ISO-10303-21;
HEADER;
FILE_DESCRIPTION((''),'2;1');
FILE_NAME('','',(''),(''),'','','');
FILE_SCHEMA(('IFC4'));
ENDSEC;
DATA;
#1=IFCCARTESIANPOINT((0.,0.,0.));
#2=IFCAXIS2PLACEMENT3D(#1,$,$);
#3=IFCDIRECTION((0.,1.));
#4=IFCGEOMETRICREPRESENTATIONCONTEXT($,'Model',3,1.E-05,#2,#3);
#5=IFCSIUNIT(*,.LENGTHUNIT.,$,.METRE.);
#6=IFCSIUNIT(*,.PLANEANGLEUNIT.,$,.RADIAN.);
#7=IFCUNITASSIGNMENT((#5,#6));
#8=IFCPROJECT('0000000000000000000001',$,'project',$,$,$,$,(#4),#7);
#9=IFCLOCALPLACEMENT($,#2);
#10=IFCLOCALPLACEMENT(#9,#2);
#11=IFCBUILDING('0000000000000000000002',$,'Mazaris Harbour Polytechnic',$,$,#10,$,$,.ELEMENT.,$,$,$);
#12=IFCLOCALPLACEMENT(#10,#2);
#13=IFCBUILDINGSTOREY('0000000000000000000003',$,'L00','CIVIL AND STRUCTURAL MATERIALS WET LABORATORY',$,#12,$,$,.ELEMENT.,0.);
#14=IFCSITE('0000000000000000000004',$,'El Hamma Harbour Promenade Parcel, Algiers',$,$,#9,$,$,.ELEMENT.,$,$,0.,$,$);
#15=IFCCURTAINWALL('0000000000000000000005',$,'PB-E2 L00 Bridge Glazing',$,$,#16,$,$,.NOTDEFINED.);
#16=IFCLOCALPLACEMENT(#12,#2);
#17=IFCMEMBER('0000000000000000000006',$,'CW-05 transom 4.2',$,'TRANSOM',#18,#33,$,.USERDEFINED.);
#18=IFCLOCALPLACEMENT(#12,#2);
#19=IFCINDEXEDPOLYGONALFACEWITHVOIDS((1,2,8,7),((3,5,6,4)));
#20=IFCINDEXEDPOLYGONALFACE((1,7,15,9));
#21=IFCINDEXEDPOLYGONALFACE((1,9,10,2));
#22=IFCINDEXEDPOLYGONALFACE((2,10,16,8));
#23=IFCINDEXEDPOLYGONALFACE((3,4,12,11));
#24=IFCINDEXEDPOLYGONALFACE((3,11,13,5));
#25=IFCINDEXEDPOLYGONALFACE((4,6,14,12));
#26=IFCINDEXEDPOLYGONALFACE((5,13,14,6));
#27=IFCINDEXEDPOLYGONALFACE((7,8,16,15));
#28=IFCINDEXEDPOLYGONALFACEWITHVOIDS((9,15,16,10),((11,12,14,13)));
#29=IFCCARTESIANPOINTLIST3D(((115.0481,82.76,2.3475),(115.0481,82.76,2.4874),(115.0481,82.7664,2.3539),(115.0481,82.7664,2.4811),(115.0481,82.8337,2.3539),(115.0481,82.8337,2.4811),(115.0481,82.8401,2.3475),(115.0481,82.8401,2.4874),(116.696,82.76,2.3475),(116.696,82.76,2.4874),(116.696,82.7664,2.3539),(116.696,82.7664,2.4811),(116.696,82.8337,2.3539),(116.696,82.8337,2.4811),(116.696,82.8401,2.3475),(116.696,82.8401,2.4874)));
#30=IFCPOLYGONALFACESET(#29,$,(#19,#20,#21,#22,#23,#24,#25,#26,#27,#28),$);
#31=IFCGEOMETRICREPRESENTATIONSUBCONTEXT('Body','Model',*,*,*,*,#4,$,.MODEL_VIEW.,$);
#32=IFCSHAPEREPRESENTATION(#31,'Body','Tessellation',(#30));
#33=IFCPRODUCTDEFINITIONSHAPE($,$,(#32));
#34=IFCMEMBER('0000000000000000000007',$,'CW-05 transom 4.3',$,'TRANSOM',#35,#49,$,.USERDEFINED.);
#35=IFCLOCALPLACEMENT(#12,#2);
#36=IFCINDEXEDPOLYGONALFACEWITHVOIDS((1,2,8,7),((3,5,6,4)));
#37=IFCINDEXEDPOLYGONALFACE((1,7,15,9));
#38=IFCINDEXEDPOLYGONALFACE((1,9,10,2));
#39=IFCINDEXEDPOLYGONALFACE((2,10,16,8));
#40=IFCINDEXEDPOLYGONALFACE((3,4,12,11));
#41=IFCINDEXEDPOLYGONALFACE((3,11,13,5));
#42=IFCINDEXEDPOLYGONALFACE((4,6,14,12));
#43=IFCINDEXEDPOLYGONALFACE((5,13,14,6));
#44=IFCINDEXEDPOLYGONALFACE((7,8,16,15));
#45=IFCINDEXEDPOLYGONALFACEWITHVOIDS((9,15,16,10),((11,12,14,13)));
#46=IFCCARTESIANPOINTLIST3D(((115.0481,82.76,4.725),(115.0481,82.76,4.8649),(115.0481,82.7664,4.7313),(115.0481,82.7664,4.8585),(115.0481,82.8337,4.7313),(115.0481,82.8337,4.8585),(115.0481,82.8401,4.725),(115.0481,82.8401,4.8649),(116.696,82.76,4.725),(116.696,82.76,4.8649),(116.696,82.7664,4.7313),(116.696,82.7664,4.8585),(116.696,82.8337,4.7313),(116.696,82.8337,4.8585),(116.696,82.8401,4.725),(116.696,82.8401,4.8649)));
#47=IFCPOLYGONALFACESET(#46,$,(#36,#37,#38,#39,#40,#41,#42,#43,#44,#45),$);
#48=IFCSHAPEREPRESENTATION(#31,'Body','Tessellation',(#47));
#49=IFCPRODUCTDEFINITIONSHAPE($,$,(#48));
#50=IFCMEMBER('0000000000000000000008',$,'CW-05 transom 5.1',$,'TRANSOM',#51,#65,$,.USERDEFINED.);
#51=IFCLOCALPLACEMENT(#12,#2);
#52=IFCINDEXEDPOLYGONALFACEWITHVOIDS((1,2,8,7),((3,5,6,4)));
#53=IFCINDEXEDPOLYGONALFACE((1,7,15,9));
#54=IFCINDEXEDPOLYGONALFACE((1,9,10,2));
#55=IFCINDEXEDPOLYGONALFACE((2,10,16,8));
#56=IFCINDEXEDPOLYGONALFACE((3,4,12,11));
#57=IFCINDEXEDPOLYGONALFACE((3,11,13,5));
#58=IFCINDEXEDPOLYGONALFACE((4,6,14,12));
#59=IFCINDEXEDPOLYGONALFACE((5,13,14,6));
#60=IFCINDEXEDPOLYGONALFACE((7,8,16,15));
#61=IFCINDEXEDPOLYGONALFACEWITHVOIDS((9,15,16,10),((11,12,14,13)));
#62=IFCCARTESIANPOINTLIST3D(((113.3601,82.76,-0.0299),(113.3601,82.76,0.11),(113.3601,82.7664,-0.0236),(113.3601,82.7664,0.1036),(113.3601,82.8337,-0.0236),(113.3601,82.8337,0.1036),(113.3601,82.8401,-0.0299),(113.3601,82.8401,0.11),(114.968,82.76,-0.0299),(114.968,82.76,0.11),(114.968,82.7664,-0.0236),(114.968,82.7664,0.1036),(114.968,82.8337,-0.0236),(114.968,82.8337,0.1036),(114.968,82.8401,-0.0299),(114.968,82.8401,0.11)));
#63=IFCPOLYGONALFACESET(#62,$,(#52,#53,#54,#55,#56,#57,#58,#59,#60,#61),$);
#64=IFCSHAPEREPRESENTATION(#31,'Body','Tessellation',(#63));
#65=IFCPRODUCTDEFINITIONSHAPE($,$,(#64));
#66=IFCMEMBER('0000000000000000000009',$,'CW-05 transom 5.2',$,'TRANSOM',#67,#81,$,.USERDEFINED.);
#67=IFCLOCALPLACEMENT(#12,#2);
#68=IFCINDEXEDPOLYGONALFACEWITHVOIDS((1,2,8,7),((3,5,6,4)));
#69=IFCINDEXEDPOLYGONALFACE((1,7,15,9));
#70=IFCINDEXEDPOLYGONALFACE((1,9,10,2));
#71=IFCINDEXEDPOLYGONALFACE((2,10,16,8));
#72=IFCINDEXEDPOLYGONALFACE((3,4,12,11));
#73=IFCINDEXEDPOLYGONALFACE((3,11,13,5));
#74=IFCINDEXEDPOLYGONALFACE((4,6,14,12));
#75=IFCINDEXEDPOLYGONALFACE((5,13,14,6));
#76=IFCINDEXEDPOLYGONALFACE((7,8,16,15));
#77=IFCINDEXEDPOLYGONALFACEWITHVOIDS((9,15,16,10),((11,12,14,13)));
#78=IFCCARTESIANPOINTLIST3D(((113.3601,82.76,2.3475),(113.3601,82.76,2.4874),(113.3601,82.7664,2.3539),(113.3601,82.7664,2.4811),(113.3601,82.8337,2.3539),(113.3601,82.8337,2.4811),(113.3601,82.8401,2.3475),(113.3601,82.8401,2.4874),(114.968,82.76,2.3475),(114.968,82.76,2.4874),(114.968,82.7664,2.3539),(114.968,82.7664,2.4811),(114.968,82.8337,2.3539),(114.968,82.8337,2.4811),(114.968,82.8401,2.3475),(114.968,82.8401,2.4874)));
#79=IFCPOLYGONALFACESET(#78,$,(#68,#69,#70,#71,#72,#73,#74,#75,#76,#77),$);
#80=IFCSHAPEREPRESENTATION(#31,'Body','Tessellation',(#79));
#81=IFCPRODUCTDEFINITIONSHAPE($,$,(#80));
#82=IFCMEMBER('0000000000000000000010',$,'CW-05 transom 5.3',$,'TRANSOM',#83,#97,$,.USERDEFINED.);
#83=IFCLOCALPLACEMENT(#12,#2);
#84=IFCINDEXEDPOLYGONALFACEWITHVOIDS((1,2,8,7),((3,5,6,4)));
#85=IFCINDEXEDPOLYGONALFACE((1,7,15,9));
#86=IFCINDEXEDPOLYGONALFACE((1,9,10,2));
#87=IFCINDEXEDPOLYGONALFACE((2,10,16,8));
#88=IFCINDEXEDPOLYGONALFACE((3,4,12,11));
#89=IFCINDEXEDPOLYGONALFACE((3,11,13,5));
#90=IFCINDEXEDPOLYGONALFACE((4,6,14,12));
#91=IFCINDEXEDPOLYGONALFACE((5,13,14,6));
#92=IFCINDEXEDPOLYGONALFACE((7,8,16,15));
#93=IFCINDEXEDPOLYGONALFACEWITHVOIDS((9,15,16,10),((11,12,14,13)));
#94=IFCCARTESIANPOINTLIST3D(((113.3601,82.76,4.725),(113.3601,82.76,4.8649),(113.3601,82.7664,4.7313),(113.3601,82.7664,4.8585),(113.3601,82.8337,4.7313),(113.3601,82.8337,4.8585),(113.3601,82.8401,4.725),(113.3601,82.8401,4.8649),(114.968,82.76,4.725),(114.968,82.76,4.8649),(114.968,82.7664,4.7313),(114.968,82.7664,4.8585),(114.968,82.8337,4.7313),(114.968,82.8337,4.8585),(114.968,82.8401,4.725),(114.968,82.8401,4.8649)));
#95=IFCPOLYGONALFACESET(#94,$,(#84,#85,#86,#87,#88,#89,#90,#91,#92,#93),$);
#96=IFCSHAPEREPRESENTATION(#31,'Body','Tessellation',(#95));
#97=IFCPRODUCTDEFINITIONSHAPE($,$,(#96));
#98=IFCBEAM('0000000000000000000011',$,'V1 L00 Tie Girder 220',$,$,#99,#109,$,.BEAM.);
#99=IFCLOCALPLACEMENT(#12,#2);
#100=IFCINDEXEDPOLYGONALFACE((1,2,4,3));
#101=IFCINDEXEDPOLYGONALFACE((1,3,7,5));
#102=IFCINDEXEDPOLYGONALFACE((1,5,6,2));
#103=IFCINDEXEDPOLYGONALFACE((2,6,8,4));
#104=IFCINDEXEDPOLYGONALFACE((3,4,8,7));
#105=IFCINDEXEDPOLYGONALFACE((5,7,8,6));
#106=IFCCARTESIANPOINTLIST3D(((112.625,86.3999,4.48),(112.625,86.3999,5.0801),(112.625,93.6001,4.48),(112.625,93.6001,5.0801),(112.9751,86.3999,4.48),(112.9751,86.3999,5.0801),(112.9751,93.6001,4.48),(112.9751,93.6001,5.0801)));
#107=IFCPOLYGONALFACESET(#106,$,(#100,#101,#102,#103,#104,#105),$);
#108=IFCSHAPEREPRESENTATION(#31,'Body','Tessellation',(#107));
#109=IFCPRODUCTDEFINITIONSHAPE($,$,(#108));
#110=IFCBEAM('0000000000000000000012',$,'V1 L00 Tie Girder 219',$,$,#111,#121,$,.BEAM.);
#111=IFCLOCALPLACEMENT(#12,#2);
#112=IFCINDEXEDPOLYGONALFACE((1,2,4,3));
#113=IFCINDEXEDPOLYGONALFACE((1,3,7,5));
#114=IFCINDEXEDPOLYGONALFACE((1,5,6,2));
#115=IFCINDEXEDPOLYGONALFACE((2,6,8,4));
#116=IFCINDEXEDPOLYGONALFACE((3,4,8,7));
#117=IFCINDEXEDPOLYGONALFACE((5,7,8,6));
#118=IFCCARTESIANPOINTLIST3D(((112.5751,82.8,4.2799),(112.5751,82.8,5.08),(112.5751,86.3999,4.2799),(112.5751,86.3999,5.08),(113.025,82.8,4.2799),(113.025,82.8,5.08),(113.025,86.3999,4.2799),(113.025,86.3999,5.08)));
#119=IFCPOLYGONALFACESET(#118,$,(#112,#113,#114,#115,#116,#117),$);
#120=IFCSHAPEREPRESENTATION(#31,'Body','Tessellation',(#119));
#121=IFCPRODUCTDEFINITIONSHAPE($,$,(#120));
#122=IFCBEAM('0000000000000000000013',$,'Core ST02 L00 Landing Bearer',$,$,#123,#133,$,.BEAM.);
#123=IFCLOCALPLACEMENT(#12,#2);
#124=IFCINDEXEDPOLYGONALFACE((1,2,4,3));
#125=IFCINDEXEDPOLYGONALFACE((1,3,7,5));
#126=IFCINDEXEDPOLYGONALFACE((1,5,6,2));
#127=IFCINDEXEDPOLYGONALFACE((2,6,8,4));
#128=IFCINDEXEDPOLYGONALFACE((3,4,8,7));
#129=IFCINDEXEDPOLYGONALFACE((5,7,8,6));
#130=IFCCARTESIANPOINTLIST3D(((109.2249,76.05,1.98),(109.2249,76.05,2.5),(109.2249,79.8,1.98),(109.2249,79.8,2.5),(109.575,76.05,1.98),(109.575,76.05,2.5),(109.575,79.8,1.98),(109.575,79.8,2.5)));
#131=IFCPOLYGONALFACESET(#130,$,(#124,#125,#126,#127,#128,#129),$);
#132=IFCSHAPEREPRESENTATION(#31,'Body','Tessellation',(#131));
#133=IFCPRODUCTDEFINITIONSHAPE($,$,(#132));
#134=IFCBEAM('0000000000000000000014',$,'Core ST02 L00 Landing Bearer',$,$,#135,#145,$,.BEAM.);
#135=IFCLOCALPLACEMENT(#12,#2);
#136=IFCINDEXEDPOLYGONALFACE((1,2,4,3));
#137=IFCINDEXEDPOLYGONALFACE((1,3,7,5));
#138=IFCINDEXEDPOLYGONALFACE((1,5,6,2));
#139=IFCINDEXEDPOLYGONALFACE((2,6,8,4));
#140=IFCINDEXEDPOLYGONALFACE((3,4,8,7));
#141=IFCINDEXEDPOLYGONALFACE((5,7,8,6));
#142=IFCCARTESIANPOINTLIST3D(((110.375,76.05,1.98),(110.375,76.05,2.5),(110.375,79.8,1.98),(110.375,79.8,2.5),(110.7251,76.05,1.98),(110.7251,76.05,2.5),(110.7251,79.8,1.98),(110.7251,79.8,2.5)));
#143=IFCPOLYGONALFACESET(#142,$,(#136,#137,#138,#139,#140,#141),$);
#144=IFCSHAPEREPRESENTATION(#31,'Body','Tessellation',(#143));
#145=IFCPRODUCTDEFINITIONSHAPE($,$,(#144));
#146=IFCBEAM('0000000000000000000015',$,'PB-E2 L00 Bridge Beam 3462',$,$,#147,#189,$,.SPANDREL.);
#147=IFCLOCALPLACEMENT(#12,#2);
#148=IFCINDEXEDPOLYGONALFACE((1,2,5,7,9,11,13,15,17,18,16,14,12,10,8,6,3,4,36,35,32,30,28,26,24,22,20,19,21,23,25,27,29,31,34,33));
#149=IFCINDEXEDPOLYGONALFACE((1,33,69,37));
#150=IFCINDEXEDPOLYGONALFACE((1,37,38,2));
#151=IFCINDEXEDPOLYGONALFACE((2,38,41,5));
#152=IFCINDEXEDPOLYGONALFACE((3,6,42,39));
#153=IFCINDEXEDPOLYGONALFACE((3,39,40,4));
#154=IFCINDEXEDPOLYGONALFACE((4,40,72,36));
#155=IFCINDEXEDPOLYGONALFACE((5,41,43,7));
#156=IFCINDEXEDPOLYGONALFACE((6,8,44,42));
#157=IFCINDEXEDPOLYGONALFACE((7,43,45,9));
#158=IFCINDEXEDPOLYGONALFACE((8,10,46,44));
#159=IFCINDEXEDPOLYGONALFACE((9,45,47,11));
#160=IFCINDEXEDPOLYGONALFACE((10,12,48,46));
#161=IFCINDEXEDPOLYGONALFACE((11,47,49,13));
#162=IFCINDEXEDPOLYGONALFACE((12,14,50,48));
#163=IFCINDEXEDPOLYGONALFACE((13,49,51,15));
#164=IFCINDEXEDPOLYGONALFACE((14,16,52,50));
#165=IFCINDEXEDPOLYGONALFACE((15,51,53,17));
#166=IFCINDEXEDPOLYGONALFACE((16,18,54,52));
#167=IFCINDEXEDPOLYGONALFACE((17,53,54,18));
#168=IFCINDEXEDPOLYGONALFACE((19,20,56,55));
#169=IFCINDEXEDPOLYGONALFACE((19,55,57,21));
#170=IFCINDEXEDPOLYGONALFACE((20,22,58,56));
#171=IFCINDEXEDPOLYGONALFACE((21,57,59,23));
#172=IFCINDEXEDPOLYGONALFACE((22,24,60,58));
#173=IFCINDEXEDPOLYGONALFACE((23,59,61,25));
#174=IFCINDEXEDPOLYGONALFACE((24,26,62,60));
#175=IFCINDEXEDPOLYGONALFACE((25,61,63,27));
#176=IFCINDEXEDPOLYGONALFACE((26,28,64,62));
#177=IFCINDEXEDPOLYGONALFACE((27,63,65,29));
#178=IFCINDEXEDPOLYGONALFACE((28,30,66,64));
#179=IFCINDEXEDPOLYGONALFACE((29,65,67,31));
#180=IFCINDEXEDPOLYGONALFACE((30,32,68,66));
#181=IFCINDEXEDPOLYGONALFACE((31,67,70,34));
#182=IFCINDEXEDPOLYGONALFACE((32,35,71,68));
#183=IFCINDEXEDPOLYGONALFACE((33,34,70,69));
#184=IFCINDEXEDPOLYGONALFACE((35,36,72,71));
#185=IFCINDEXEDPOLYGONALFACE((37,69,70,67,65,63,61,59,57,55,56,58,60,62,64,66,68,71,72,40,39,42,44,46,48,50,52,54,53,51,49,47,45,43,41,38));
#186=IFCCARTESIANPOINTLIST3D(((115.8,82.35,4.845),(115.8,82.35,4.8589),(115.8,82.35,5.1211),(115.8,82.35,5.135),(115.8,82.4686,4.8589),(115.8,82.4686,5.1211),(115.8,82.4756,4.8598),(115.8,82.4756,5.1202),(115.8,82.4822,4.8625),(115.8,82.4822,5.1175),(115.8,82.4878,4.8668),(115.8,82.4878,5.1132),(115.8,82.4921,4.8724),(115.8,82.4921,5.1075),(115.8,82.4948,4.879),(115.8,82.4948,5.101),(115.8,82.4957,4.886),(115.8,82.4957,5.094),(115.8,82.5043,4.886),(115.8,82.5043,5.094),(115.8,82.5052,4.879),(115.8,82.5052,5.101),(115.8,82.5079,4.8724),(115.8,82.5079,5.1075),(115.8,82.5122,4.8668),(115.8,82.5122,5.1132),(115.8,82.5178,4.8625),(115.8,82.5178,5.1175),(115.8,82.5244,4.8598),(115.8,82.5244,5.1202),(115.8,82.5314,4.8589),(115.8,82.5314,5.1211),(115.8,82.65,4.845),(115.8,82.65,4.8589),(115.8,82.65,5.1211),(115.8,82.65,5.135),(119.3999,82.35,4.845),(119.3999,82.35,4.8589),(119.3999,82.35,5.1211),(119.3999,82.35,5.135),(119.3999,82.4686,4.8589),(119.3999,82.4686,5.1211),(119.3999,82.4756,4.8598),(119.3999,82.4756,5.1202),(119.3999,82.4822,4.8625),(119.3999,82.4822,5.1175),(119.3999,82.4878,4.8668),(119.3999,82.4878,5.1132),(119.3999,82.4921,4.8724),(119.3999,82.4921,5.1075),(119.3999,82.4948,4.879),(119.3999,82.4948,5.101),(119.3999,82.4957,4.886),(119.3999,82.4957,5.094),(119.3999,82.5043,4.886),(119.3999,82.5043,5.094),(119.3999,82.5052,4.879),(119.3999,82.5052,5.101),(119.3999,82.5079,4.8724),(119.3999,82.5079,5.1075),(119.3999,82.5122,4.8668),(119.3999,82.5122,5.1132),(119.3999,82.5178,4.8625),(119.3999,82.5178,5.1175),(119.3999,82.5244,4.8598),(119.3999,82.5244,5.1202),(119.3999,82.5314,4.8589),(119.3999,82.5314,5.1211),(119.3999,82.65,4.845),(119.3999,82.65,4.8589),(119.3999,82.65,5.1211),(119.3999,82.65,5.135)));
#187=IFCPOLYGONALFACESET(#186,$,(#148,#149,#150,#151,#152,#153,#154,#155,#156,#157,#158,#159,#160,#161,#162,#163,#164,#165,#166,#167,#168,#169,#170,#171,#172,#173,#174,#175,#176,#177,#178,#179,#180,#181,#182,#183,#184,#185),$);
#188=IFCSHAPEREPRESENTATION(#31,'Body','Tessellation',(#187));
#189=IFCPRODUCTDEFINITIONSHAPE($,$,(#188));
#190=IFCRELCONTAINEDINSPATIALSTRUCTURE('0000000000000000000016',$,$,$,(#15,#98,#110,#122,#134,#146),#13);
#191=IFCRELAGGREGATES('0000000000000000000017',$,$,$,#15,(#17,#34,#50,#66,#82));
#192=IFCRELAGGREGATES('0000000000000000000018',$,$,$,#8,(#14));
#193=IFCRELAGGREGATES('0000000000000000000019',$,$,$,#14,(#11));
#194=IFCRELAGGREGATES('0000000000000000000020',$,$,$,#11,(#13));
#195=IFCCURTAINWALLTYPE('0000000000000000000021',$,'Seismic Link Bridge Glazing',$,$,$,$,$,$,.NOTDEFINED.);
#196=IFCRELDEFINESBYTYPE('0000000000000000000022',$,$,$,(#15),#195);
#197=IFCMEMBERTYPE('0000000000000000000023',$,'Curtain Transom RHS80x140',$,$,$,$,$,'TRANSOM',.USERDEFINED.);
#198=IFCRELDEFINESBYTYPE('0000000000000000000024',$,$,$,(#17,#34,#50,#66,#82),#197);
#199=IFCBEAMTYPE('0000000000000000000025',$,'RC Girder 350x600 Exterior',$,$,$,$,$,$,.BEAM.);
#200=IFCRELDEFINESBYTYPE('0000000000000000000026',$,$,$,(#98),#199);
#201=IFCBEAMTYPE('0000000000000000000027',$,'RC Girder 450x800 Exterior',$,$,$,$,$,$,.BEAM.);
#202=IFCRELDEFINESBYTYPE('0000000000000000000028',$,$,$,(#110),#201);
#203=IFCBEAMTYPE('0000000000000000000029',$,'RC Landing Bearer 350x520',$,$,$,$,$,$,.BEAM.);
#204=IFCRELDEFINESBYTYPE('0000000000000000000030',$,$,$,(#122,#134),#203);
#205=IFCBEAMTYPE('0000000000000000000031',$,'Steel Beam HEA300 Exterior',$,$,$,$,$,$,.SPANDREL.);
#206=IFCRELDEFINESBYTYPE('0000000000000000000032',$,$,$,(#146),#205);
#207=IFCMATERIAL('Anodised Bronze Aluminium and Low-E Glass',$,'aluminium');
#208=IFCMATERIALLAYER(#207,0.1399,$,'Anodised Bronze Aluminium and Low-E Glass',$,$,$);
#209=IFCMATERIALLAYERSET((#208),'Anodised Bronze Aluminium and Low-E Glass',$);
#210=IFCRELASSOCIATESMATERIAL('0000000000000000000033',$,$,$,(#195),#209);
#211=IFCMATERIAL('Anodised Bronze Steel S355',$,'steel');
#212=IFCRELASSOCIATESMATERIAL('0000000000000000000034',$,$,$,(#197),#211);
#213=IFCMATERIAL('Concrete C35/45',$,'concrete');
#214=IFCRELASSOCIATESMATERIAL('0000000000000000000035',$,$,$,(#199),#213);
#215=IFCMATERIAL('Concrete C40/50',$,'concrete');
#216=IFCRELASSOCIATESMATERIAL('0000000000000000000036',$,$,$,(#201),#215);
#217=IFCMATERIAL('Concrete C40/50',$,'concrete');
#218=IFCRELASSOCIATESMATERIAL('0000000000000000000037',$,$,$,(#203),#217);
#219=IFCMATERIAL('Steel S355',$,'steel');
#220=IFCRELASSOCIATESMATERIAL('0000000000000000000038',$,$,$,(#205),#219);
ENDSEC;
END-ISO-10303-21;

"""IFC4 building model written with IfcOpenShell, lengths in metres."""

from ifc_helpers import new_model, si_unit, direction, frame, origin, origin_2d, place, context, subcontext, project, spatial, rectangle, hollow_rectangle, i_section, extrude, material, layer, layer_set, material_profile, profile_set, type_object, element, aggregate, save


model = new_model("IFC4")

# Units and contexts
model_context = context("Model", 3, precision=1e-05, world=origin(), true_north=direction((0.0, 1.0)))
body_context = subcontext(model_context, "Body", "Model", "MODEL_VIEW")
ifc_project = project(units=[si_unit("LENGTHUNIT", "METRE"), si_unit("PLANEANGLEUNIT", "RADIAN")], contexts=[model_context])

# Site, building, storey
site_placement = place(None, origin())
site = spatial("IfcSite", under=ifc_project, at=site_placement, Name="El Hamma Harbour Promenade Parcel, Algiers", CompositionType="ELEMENT", RefElevation=0.0)
building_placement = place(site_placement, origin())
building = spatial("IfcBuilding", under=site, at=building_placement, Name="Mazaris Harbour Polytechnic", CompositionType="ELEMENT")
storey_placement = place(building_placement, origin())
storey = spatial("IfcBuildingStorey", under=building, at=storey_placement, Name="L00", Description="CIVIL AND STRUCTURAL MATERIALS WET LABORATORY", CompositionType="ELEMENT", Elevation=0.0)

# Curtain wall, members
ifc_material_1 = material(Name="Anodised Bronze Aluminium and Low-E Glass", Category="aluminium")
ifc_layer_1 = layer(ifc_material_1, 0.1399, Name="Anodised Bronze Aluminium and Low-E Glass")
ifc_layer_set_1 = layer_set([ifc_layer_1], Name="Anodised Bronze Aluminium and Low-E Glass")
curtain_wall_type_1 = type_object("IfcCurtainWallType", Name="Seismic Link Bridge Glazing", PredefinedType="NOTDEFINED", material=ifc_layer_set_1)
curtain_wall_1_placement = place(storey_placement, origin())
curtain_wall_1 = element("IfcCurtainWall", 1, at=curtain_wall_1_placement, inside=storey, type_object=curtain_wall_type_1, Name="PB-E2 L00 Bridge Glazing", PredefinedType="NOTDEFINED")
ifc_material_2 = material(Name="Anodised Bronze Steel S355", Category="steel")
ifc_material_profile_1 = material_profile(ifc_material_2, hollow_rectangle(XDim=0.0801, YDim=0.1399, WallThickness=0.0063, at=origin_2d()), Name="RHS 80x140x6.3")
ifc_profile_set_1 = profile_set([ifc_material_profile_1], Name="Anodised Bronze Steel S355")
member_type_1 = type_object("IfcMemberType", Name="Curtain Transom RHS80x140", ElementType="TRANSOM", PredefinedType="USERDEFINED", material=ifc_profile_set_1)
member_1_placement = place(storey_placement, frame((116.696, 82.8, 2.4175), z_axis=(-1.0, 0.0, 0.0), x_axis=(0.0, -1.0, 0.0)))
member_1 = element("IfcMember", 2, at=member_1_placement, type_object=member_type_1, Name="CW-05 transom 4.2", ObjectType="TRANSOM", PredefinedType="USERDEFINED", context=body_context, shape_type="SweptSolid", body=[
    extrude(hollow_rectangle(XDim=0.0801, YDim=0.1399, WallThickness=0.0063, at=origin_2d()), origin(), (0.0, 0.0, 1.0), 1.6479),
])
member_2_placement = place(storey_placement, frame((116.696, 82.8, 4.7949), z_axis=(-1.0, 0.0, 0.0), x_axis=(0.0, -1.0, 0.0)))
member_2 = element("IfcMember", 3, at=member_2_placement, type_object=member_type_1, Name="CW-05 transom 4.3", ObjectType="TRANSOM", PredefinedType="USERDEFINED", context=body_context, shape_type="SweptSolid", body=[
    extrude(hollow_rectangle(XDim=0.0801, YDim=0.1399, WallThickness=0.0063, at=origin_2d()), origin(), (0.0, 0.0, 1.0), 1.6479),
])
member_3_placement = place(storey_placement, frame((114.968, 82.8, 0.04), z_axis=(-1.0, 0.0, 0.0), x_axis=(0.0, -1.0, 0.0)))
member_3 = element("IfcMember", 4, at=member_3_placement, type_object=member_type_1, Name="CW-05 transom 5.1", ObjectType="TRANSOM", PredefinedType="USERDEFINED", context=body_context, shape_type="SweptSolid", body=[
    extrude(hollow_rectangle(XDim=0.0801, YDim=0.1399, WallThickness=0.0063, at=origin_2d()), origin(), (0.0, 0.0, 1.0), 1.6079),
])
member_4_placement = place(storey_placement, frame((114.968, 82.8, 2.4175), z_axis=(-1.0, 0.0, 0.0), x_axis=(0.0, -1.0, 0.0)))
member_4 = element("IfcMember", 5, at=member_4_placement, type_object=member_type_1, Name="CW-05 transom 5.2", ObjectType="TRANSOM", PredefinedType="USERDEFINED", context=body_context, shape_type="SweptSolid", body=[
    extrude(hollow_rectangle(XDim=0.0801, YDim=0.1399, WallThickness=0.0063, at=origin_2d()), origin(), (0.0, 0.0, 1.0), 1.6079),
])
member_5_placement = place(storey_placement, frame((114.968, 82.8, 4.7949), z_axis=(-1.0, 0.0, 0.0), x_axis=(0.0, -1.0, 0.0)))
member_5 = element("IfcMember", 6, at=member_5_placement, type_object=member_type_1, Name="CW-05 transom 5.3", ObjectType="TRANSOM", PredefinedType="USERDEFINED", context=body_context, shape_type="SweptSolid", body=[
    extrude(hollow_rectangle(XDim=0.0801, YDim=0.1399, WallThickness=0.0063, at=origin_2d()), origin(), (0.0, 0.0, 1.0), 1.6079),
])

# Beams
ifc_material_3 = material(Name="Concrete C35/45", Category="concrete")
ifc_material_profile_2 = material_profile(ifc_material_3, rectangle(XDim=0.3501, YDim=0.6001, at=origin_2d()), Name="RECT350x600")
ifc_profile_set_2 = profile_set([ifc_material_profile_2], Name="Concrete C35/45")
beam_type_1 = type_object("IfcBeamType", Name="RC Girder 350x600 Exterior", PredefinedType="BEAM", material=ifc_profile_set_2)
beam_1_placement = place(storey_placement, frame((112.8, 86.3999, 4.78), z_axis=(0.0, 1.0, 0.0), x_axis=(-1.0, 0.0, 0.0)))
element("IfcBeam", 7, at=beam_1_placement, inside=storey, type_object=beam_type_1, Name="V1 L00 Tie Girder 220", PredefinedType="BEAM", context=body_context, shape_type="SweptSolid", body=[
    extrude(rectangle(XDim=0.3501, YDim=0.6001, at=origin_2d()), origin(), (0.0, 0.0, 1.0), 7.2002),
])
ifc_material_4 = material(Name="Concrete C40/50", Category="concrete")
ifc_material_profile_3 = material_profile(ifc_material_4, rectangle(XDim=0.45, YDim=0.8, at=origin_2d()), Name="RECT450x800")
ifc_profile_set_3 = profile_set([ifc_material_profile_3], Name="Concrete C40/50")
beam_type_2 = type_object("IfcBeamType", Name="RC Girder 450x800 Exterior", PredefinedType="BEAM", material=ifc_profile_set_3)
beam_2_placement = place(storey_placement, frame((112.8, 82.8, 4.6799), z_axis=(0.0, 1.0, 0.0), x_axis=(-1.0, 0.0, 0.0)))
element("IfcBeam", 8, at=beam_2_placement, inside=storey, type_object=beam_type_2, Name="V1 L00 Tie Girder 219", PredefinedType="BEAM", context=body_context, shape_type="SweptSolid", body=[
    extrude(rectangle(XDim=0.45, YDim=0.8, at=origin_2d()), origin(), (0.0, 0.0, 1.0), 3.5999),
])
ifc_material_5 = material(Name="Concrete C40/50", Category="concrete")
ifc_material_profile_4 = material_profile(ifc_material_5, rectangle(XDim=0.3501, YDim=0.52, at=origin_2d()), Name="RECT350x520")
ifc_profile_set_4 = profile_set([ifc_material_profile_4], Name="Concrete C40/50")
beam_type_3 = type_object("IfcBeamType", Name="RC Landing Bearer 350x520", PredefinedType="BEAM", material=ifc_profile_set_4)
for number, where, z_axis, x_axis, name in (
    (9, (109.3999, 76.05, 2.24), (0.0, 1.0, 0.0), (-1.0, 0.0, 0.0), "Core ST02 L00 Landing Bearer"),
    (10, (110.55, 76.05, 2.24), (0.0, 1.0, 0.0), (-1.0, 0.0, 0.0), "Core ST02 L00 Landing Bearer"),
):
    element("IfcBeam", number, at=place(storey_placement, frame(where, z_axis=z_axis, x_axis=x_axis)), inside=storey, type_object=beam_type_3, Name=name, PredefinedType="BEAM", context=body_context, shape_type="SweptSolid", body=[
        extrude(rectangle(XDim=0.3501, YDim=0.52, at=origin_2d()), origin(), (0.0, 0.0, 1.0), 3.75),
    ])
ifc_material_6 = material(Name="Steel S355", Category="steel")
ifc_material_profile_5 = material_profile(ifc_material_6, i_section(OverallWidth=0.3, OverallDepth=0.29, WebThickness=0.0085, FlangeThickness=0.0139, FilletRadius=0.0271, at=origin_2d()), Name="HEA 300")
ifc_profile_set_5 = profile_set([ifc_material_profile_5], Name="Steel S355")
beam_type_4 = type_object("IfcBeamType", Name="Steel Beam HEA300 Exterior", PredefinedType="SPANDREL", material=ifc_profile_set_5)
beam_3_placement = place(storey_placement, frame((115.8, 82.5, 4.99), z_axis=(1.0, 0.0, 0.0), x_axis=(0.0, 1.0, 0.0)))
element("IfcBeam", 11, at=beam_3_placement, inside=storey, type_object=beam_type_4, Name="PB-E2 L00 Bridge Beam 3462", PredefinedType="SPANDREL", context=body_context, shape_type="SweptSolid", body=[
    extrude(i_section(OverallWidth=0.3, OverallDepth=0.29, WebThickness=0.0085, FlangeThickness=0.0139, FilletRadius=0.0271, at=origin_2d()), origin(), (0.0, 0.0, 1.0), 3.5999),
])

aggregate(curtain_wall_1, [member_1, member_2, member_3, member_4, member_5])

save(model, "model.ifc")
